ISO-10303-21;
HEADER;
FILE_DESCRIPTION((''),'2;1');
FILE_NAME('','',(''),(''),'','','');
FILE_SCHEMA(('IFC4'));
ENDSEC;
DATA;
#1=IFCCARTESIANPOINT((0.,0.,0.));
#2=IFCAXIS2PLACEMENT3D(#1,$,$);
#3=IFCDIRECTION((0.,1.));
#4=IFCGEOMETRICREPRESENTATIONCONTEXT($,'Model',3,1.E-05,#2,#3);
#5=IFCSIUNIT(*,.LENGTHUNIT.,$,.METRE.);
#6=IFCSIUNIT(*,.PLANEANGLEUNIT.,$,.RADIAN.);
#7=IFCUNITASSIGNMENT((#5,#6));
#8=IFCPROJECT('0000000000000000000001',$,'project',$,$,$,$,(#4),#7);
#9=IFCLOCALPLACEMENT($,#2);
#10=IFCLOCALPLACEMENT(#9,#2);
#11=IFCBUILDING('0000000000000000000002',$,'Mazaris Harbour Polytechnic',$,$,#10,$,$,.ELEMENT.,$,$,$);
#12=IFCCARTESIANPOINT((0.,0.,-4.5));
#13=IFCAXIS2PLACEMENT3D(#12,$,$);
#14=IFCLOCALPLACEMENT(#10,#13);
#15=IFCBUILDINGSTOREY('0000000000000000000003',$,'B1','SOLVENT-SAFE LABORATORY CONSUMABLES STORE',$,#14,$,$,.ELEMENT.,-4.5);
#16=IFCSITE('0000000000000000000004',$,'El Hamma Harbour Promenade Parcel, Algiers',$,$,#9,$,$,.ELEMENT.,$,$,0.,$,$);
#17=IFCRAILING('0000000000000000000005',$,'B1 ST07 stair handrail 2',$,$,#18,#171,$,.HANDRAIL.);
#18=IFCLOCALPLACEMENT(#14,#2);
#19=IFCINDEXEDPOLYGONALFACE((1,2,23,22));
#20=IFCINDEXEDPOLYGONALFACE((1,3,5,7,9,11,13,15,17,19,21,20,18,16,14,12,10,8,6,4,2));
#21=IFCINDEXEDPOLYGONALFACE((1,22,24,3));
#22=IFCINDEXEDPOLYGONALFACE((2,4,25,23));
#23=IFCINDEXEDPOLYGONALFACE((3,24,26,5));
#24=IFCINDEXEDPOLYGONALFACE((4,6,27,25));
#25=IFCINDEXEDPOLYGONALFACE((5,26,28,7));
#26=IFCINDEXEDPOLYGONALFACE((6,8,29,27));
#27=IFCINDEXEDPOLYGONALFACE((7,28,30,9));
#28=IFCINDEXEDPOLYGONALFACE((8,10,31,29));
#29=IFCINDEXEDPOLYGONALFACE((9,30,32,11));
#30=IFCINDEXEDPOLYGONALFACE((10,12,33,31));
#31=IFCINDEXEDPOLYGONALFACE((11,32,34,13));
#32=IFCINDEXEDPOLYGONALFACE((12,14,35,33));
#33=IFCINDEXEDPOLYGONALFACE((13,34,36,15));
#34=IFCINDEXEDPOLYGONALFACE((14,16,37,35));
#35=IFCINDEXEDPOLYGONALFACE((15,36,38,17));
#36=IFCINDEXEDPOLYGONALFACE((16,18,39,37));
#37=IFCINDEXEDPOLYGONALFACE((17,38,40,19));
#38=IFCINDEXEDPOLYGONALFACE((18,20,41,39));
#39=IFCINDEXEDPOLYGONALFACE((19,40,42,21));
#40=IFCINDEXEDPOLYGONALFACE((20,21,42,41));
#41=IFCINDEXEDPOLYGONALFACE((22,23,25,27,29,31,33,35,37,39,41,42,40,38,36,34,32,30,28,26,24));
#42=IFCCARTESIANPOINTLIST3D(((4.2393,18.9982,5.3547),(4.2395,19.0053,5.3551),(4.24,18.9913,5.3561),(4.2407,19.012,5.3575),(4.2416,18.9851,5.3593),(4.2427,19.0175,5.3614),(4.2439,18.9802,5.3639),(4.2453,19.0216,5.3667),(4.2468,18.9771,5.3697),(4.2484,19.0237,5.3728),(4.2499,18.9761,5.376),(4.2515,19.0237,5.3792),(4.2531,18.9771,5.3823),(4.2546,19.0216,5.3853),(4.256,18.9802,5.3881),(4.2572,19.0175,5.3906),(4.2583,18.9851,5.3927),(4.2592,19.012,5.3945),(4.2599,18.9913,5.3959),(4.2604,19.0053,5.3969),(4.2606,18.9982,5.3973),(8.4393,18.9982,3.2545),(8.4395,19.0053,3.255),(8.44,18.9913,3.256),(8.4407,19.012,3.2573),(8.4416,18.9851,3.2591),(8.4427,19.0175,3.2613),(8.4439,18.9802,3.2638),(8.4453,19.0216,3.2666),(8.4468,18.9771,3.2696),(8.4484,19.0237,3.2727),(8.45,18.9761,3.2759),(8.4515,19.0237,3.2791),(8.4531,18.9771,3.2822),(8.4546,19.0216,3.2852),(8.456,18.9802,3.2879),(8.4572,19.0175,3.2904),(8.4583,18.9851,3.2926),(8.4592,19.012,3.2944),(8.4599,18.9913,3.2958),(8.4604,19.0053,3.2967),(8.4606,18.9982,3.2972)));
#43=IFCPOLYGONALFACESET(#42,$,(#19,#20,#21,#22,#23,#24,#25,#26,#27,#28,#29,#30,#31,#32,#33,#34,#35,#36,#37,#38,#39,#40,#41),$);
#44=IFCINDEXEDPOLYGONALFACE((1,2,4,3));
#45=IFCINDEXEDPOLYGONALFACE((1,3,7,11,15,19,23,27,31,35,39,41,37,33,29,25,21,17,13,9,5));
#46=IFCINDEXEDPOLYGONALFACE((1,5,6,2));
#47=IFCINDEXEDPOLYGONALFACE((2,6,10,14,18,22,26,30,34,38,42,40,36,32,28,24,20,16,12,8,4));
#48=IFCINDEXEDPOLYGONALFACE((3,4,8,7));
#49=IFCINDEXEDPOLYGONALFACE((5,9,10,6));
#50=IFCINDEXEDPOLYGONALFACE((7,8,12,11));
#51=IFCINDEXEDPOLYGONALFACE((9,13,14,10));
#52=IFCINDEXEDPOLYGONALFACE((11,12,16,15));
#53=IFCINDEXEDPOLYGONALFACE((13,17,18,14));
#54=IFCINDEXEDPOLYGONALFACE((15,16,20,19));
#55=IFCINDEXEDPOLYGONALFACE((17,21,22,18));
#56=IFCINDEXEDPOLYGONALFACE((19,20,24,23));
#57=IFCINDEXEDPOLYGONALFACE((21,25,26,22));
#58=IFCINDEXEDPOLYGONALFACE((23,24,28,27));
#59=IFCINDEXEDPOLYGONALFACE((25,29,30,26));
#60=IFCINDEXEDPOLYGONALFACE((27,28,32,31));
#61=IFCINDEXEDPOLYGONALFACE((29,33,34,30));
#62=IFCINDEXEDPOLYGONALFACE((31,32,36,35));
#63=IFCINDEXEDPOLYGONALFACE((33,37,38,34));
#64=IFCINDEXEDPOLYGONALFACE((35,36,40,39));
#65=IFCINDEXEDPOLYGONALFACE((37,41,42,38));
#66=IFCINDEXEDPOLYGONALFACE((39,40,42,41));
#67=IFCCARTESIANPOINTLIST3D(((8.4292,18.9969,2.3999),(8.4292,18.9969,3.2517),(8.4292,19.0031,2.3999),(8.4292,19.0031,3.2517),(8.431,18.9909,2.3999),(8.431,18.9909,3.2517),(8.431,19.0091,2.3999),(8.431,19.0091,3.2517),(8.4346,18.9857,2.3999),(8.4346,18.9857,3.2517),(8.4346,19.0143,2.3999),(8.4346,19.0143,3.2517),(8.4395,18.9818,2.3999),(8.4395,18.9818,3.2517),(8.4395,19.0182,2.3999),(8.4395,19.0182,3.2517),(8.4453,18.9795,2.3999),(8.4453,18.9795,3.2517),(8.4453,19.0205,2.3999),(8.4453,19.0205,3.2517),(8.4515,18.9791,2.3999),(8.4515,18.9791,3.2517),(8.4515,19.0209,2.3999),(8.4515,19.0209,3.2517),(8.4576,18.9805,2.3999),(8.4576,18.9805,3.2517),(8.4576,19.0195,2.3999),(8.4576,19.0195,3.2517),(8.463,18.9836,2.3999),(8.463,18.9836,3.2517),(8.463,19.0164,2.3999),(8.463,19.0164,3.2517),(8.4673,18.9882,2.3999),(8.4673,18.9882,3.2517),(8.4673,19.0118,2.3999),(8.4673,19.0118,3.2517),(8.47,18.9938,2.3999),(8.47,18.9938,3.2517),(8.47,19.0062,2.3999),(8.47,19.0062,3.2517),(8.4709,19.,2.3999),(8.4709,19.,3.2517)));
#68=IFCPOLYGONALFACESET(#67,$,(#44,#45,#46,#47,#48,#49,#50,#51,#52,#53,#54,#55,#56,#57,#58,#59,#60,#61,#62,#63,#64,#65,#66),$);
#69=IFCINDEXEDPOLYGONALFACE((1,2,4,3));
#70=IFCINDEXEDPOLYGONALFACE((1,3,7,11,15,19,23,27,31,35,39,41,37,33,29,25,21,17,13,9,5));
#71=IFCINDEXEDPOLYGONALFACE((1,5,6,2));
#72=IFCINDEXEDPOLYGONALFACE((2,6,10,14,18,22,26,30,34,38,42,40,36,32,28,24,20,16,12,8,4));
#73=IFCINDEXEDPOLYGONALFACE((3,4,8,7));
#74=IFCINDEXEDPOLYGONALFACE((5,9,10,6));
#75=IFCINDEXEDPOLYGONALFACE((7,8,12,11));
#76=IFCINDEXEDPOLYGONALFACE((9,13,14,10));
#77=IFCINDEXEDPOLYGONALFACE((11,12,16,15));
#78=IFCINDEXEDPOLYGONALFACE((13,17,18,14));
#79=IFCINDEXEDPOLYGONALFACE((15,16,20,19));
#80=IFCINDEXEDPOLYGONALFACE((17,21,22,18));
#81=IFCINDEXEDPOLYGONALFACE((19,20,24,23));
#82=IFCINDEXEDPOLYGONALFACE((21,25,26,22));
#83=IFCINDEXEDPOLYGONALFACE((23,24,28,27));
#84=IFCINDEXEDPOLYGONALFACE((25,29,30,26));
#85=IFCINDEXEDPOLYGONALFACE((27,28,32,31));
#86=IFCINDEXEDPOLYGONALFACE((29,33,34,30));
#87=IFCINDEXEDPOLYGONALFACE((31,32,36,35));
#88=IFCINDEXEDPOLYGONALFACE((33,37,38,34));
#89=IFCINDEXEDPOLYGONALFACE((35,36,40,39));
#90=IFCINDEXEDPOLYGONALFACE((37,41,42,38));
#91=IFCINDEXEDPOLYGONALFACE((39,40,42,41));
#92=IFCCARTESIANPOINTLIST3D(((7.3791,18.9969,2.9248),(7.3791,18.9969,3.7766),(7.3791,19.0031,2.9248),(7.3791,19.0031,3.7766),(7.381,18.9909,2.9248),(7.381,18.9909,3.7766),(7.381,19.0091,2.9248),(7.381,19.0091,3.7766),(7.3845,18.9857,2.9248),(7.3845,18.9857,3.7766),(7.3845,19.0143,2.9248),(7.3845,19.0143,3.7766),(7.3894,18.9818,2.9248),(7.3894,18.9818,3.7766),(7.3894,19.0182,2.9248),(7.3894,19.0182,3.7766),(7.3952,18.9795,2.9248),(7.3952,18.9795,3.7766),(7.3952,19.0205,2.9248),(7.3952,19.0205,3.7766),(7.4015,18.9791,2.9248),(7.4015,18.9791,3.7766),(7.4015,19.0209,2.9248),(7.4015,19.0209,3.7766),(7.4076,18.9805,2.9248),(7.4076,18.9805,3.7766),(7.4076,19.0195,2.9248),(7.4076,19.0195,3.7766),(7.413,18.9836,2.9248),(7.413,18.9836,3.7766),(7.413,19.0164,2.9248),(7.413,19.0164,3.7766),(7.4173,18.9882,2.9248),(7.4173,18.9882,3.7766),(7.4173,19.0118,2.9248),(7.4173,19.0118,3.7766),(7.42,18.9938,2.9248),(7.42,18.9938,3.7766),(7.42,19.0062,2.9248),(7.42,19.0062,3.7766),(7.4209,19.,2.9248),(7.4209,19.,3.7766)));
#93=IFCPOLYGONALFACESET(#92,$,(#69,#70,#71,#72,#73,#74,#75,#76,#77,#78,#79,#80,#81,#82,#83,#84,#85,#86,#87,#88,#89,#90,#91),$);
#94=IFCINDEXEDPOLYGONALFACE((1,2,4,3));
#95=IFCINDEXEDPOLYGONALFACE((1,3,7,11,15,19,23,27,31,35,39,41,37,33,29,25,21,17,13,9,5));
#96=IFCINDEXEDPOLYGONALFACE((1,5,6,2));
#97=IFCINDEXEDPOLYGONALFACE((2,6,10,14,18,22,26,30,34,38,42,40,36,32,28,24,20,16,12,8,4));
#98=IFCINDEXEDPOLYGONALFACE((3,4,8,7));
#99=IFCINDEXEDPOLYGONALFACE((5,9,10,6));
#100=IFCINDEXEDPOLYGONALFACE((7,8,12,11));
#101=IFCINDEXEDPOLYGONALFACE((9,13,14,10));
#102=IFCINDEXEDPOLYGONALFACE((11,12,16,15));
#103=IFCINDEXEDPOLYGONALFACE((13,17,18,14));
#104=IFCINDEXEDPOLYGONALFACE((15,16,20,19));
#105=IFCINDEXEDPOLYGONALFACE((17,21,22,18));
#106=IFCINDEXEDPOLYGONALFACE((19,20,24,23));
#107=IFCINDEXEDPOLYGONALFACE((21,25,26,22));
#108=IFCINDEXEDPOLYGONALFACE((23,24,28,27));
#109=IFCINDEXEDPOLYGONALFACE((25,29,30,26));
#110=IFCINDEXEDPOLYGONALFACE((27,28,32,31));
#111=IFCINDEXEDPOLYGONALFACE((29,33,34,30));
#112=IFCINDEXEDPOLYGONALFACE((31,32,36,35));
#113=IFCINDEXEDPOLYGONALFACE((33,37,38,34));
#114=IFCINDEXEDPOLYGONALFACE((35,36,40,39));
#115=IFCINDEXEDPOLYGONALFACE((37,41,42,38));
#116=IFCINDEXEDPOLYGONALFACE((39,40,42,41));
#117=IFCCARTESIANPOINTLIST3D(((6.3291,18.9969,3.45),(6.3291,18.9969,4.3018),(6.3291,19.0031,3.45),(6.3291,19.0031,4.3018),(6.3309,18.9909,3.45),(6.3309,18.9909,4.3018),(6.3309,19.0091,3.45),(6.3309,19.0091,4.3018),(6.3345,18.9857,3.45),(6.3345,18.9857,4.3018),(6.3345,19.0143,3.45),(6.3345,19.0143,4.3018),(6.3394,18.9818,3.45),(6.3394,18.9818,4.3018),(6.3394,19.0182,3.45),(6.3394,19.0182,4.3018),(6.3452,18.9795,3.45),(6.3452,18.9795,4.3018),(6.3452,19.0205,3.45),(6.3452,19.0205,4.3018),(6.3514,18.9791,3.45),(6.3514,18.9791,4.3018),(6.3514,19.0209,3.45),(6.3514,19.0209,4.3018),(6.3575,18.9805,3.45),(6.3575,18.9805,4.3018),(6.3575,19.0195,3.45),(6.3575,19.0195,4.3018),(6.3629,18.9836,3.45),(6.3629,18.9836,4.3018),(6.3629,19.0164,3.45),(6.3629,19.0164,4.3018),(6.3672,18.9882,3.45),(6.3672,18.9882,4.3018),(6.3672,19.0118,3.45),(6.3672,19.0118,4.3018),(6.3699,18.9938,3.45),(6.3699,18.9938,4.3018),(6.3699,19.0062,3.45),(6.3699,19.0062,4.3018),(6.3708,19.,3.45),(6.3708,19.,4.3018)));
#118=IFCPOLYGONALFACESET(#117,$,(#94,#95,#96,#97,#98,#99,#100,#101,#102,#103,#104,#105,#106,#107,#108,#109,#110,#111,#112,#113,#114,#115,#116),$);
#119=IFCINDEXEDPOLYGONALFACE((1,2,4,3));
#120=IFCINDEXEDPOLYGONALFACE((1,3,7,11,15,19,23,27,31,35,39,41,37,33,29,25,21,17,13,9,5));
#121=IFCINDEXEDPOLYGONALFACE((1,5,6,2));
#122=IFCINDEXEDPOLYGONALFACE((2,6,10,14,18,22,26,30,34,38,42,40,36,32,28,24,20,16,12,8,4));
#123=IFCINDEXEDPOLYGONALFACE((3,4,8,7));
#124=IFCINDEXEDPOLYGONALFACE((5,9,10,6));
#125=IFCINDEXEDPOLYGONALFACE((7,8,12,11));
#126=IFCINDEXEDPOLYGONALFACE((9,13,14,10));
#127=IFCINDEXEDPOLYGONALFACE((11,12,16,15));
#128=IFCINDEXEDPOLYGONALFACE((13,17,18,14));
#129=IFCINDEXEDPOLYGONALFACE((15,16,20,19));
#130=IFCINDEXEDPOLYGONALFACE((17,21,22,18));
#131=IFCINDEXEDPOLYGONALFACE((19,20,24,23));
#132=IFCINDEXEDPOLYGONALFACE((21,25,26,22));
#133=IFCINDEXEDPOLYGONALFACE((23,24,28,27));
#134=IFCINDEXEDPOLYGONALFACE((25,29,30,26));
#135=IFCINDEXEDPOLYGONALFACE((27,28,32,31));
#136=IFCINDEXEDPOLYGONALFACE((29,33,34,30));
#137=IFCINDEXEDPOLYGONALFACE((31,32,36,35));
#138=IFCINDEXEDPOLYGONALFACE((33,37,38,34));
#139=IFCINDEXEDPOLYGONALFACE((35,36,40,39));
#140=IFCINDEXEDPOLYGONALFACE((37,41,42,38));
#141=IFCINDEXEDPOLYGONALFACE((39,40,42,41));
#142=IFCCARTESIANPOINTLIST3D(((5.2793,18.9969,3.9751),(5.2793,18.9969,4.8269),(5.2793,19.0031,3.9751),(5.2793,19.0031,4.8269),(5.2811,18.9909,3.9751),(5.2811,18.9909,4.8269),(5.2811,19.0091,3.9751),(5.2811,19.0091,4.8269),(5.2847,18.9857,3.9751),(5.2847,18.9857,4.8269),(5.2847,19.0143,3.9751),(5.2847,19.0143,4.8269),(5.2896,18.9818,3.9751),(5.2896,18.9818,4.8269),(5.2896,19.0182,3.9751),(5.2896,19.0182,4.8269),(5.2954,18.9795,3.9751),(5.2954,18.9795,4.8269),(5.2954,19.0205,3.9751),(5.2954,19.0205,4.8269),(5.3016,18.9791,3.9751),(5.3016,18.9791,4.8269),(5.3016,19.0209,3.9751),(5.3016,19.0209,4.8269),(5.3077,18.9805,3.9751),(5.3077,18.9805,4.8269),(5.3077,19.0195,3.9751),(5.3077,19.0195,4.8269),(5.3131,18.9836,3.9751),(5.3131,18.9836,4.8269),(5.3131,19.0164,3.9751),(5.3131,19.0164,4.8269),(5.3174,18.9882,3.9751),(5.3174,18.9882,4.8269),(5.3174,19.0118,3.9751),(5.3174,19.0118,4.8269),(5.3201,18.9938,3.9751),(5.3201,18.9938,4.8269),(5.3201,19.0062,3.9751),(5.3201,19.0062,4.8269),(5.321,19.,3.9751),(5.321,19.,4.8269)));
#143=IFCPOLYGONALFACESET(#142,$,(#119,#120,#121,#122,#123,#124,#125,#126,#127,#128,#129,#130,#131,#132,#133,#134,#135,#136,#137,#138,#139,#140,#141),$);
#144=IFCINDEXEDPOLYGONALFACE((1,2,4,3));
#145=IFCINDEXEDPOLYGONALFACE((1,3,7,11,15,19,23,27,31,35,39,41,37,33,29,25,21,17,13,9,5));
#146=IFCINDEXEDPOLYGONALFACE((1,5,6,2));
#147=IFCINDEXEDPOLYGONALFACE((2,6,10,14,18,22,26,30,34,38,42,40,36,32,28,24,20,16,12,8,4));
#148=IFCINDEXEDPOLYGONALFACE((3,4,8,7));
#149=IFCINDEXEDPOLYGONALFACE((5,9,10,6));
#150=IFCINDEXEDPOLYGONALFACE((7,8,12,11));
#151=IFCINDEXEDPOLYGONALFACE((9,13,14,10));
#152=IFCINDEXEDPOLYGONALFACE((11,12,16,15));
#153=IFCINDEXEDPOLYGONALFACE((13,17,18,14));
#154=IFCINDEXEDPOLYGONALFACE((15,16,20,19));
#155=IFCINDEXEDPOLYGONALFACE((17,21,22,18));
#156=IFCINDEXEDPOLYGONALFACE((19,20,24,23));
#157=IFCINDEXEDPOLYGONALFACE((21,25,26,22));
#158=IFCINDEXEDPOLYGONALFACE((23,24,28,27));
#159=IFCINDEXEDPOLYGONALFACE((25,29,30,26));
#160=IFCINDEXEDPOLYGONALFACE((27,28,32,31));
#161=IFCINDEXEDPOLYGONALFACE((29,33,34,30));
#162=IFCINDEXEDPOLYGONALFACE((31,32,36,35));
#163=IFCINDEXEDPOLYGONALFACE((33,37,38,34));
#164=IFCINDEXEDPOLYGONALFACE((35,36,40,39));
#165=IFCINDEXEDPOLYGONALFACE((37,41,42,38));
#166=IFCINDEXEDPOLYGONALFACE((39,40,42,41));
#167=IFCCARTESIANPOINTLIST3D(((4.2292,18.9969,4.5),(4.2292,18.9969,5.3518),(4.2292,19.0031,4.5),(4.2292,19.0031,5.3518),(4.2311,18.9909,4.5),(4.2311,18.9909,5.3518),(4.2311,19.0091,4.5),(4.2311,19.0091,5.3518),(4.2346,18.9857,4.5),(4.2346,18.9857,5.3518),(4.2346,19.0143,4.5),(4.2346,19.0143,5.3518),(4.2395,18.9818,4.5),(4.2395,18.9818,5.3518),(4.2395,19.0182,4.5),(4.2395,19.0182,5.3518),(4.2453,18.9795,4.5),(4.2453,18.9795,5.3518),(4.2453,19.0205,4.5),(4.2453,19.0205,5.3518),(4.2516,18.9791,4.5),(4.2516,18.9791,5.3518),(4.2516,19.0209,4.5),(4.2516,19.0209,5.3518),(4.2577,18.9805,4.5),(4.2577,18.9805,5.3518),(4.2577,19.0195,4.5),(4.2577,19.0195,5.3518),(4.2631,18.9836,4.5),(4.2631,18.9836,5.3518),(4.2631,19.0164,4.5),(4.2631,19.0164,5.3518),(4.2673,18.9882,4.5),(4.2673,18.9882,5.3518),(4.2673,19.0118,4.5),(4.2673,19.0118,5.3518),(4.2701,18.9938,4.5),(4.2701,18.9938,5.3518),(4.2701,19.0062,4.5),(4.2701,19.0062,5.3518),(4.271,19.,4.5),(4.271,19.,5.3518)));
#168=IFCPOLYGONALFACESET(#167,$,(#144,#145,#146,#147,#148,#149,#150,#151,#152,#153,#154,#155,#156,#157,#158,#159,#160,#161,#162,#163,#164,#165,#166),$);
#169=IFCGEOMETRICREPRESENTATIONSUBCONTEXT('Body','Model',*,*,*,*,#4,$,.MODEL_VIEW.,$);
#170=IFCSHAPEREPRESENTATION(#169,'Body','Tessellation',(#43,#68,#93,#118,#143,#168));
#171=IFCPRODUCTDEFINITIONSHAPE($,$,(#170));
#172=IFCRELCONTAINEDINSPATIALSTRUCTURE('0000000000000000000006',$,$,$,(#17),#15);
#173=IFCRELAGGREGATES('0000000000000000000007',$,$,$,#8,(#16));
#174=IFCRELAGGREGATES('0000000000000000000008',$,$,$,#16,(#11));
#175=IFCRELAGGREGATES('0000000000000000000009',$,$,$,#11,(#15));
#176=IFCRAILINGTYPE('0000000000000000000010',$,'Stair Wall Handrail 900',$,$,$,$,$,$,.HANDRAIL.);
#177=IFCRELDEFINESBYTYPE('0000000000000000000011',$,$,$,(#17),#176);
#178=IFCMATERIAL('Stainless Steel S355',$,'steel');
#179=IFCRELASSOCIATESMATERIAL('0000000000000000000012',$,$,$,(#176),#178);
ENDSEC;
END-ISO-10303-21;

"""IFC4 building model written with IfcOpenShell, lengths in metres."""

from ifc_helpers import new_model, si_unit, direction, frame, origin, origin_2d, place, context, subcontext, project, spatial, circle, extrude, material, type_object, element, save


model = new_model("IFC4")

# Units and contexts
model_context = context("Model", 3, precision=1e-05, world=origin(), true_north=direction((0.0, 1.0)))
body_context = subcontext(model_context, "Body", "Model", "MODEL_VIEW")
ifc_project = project(units=[si_unit("LENGTHUNIT", "METRE"), si_unit("PLANEANGLEUNIT", "RADIAN")], contexts=[model_context])

# Site, building, storey
site_placement = place(None, origin())
site = spatial("IfcSite", under=ifc_project, at=site_placement, Name="El Hamma Harbour Promenade Parcel, Algiers", CompositionType="ELEMENT", RefElevation=0.0)
building_placement = place(site_placement, origin())
building = spatial("IfcBuilding", under=site, at=building_placement, Name="Mazaris Harbour Polytechnic", CompositionType="ELEMENT")
storey_placement = place(building_placement, frame((0.0, 0.0, -4.5)))
storey = spatial("IfcBuildingStorey", under=building, at=storey_placement, Name="B1", Description="SOLVENT-SAFE LABORATORY CONSUMABLES STORE", CompositionType="ELEMENT", Elevation=-4.5)

# Railing
ifc_material_1 = material(Name="Stainless Steel S355", Category="steel")
railing_type_1 = type_object("IfcRailingType", Name="Stair Wall Handrail 900", PredefinedType="HANDRAIL", material=ifc_material_1)
railing_1_placement = place(storey_placement, frame((8.45, 19.0, 2.3999)))
element("IfcRailing", 1, at=railing_1_placement, inside=storey, type_object=railing_type_1, Name="B1 ST07 stair handrail 2", PredefinedType="HANDRAIL", context=body_context, shape_type="SweptSolid", body=[
    extrude(circle(Radius=0.0239, at=origin_2d()), frame((0.0, 0.0, 0.876), z_axis=(-0.894417, 0.0, 0.447234), x_axis=(0.0, -1.0, 0.0)), (0.0, 0.0, 1.0), 4.6958),
    extrude(circle(Radius=0.021, at=origin_2d()), origin(), (0.0, 0.0, 1.0), 0.8518),
    extrude(circle(Radius=0.021, at=origin_2d()), frame((-1.05, 0.0, 0.5249)), (0.0, 0.0, 1.0), 0.8518),
    extrude(circle(Radius=0.021, at=origin_2d()), frame((-2.1001, 0.0, 1.05)), (0.0, 0.0, 1.0), 0.8518),
    extrude(circle(Radius=0.021, at=origin_2d()), frame((-3.1499, 0.0, 1.5752)), (0.0, 0.0, 1.0), 0.8518),
    extrude(circle(Radius=0.021, at=origin_2d()), frame((-4.2, 0.0, 2.1001)), (0.0, 0.0, 1.0), 0.8518),
])

save(model, "model.ifc")
